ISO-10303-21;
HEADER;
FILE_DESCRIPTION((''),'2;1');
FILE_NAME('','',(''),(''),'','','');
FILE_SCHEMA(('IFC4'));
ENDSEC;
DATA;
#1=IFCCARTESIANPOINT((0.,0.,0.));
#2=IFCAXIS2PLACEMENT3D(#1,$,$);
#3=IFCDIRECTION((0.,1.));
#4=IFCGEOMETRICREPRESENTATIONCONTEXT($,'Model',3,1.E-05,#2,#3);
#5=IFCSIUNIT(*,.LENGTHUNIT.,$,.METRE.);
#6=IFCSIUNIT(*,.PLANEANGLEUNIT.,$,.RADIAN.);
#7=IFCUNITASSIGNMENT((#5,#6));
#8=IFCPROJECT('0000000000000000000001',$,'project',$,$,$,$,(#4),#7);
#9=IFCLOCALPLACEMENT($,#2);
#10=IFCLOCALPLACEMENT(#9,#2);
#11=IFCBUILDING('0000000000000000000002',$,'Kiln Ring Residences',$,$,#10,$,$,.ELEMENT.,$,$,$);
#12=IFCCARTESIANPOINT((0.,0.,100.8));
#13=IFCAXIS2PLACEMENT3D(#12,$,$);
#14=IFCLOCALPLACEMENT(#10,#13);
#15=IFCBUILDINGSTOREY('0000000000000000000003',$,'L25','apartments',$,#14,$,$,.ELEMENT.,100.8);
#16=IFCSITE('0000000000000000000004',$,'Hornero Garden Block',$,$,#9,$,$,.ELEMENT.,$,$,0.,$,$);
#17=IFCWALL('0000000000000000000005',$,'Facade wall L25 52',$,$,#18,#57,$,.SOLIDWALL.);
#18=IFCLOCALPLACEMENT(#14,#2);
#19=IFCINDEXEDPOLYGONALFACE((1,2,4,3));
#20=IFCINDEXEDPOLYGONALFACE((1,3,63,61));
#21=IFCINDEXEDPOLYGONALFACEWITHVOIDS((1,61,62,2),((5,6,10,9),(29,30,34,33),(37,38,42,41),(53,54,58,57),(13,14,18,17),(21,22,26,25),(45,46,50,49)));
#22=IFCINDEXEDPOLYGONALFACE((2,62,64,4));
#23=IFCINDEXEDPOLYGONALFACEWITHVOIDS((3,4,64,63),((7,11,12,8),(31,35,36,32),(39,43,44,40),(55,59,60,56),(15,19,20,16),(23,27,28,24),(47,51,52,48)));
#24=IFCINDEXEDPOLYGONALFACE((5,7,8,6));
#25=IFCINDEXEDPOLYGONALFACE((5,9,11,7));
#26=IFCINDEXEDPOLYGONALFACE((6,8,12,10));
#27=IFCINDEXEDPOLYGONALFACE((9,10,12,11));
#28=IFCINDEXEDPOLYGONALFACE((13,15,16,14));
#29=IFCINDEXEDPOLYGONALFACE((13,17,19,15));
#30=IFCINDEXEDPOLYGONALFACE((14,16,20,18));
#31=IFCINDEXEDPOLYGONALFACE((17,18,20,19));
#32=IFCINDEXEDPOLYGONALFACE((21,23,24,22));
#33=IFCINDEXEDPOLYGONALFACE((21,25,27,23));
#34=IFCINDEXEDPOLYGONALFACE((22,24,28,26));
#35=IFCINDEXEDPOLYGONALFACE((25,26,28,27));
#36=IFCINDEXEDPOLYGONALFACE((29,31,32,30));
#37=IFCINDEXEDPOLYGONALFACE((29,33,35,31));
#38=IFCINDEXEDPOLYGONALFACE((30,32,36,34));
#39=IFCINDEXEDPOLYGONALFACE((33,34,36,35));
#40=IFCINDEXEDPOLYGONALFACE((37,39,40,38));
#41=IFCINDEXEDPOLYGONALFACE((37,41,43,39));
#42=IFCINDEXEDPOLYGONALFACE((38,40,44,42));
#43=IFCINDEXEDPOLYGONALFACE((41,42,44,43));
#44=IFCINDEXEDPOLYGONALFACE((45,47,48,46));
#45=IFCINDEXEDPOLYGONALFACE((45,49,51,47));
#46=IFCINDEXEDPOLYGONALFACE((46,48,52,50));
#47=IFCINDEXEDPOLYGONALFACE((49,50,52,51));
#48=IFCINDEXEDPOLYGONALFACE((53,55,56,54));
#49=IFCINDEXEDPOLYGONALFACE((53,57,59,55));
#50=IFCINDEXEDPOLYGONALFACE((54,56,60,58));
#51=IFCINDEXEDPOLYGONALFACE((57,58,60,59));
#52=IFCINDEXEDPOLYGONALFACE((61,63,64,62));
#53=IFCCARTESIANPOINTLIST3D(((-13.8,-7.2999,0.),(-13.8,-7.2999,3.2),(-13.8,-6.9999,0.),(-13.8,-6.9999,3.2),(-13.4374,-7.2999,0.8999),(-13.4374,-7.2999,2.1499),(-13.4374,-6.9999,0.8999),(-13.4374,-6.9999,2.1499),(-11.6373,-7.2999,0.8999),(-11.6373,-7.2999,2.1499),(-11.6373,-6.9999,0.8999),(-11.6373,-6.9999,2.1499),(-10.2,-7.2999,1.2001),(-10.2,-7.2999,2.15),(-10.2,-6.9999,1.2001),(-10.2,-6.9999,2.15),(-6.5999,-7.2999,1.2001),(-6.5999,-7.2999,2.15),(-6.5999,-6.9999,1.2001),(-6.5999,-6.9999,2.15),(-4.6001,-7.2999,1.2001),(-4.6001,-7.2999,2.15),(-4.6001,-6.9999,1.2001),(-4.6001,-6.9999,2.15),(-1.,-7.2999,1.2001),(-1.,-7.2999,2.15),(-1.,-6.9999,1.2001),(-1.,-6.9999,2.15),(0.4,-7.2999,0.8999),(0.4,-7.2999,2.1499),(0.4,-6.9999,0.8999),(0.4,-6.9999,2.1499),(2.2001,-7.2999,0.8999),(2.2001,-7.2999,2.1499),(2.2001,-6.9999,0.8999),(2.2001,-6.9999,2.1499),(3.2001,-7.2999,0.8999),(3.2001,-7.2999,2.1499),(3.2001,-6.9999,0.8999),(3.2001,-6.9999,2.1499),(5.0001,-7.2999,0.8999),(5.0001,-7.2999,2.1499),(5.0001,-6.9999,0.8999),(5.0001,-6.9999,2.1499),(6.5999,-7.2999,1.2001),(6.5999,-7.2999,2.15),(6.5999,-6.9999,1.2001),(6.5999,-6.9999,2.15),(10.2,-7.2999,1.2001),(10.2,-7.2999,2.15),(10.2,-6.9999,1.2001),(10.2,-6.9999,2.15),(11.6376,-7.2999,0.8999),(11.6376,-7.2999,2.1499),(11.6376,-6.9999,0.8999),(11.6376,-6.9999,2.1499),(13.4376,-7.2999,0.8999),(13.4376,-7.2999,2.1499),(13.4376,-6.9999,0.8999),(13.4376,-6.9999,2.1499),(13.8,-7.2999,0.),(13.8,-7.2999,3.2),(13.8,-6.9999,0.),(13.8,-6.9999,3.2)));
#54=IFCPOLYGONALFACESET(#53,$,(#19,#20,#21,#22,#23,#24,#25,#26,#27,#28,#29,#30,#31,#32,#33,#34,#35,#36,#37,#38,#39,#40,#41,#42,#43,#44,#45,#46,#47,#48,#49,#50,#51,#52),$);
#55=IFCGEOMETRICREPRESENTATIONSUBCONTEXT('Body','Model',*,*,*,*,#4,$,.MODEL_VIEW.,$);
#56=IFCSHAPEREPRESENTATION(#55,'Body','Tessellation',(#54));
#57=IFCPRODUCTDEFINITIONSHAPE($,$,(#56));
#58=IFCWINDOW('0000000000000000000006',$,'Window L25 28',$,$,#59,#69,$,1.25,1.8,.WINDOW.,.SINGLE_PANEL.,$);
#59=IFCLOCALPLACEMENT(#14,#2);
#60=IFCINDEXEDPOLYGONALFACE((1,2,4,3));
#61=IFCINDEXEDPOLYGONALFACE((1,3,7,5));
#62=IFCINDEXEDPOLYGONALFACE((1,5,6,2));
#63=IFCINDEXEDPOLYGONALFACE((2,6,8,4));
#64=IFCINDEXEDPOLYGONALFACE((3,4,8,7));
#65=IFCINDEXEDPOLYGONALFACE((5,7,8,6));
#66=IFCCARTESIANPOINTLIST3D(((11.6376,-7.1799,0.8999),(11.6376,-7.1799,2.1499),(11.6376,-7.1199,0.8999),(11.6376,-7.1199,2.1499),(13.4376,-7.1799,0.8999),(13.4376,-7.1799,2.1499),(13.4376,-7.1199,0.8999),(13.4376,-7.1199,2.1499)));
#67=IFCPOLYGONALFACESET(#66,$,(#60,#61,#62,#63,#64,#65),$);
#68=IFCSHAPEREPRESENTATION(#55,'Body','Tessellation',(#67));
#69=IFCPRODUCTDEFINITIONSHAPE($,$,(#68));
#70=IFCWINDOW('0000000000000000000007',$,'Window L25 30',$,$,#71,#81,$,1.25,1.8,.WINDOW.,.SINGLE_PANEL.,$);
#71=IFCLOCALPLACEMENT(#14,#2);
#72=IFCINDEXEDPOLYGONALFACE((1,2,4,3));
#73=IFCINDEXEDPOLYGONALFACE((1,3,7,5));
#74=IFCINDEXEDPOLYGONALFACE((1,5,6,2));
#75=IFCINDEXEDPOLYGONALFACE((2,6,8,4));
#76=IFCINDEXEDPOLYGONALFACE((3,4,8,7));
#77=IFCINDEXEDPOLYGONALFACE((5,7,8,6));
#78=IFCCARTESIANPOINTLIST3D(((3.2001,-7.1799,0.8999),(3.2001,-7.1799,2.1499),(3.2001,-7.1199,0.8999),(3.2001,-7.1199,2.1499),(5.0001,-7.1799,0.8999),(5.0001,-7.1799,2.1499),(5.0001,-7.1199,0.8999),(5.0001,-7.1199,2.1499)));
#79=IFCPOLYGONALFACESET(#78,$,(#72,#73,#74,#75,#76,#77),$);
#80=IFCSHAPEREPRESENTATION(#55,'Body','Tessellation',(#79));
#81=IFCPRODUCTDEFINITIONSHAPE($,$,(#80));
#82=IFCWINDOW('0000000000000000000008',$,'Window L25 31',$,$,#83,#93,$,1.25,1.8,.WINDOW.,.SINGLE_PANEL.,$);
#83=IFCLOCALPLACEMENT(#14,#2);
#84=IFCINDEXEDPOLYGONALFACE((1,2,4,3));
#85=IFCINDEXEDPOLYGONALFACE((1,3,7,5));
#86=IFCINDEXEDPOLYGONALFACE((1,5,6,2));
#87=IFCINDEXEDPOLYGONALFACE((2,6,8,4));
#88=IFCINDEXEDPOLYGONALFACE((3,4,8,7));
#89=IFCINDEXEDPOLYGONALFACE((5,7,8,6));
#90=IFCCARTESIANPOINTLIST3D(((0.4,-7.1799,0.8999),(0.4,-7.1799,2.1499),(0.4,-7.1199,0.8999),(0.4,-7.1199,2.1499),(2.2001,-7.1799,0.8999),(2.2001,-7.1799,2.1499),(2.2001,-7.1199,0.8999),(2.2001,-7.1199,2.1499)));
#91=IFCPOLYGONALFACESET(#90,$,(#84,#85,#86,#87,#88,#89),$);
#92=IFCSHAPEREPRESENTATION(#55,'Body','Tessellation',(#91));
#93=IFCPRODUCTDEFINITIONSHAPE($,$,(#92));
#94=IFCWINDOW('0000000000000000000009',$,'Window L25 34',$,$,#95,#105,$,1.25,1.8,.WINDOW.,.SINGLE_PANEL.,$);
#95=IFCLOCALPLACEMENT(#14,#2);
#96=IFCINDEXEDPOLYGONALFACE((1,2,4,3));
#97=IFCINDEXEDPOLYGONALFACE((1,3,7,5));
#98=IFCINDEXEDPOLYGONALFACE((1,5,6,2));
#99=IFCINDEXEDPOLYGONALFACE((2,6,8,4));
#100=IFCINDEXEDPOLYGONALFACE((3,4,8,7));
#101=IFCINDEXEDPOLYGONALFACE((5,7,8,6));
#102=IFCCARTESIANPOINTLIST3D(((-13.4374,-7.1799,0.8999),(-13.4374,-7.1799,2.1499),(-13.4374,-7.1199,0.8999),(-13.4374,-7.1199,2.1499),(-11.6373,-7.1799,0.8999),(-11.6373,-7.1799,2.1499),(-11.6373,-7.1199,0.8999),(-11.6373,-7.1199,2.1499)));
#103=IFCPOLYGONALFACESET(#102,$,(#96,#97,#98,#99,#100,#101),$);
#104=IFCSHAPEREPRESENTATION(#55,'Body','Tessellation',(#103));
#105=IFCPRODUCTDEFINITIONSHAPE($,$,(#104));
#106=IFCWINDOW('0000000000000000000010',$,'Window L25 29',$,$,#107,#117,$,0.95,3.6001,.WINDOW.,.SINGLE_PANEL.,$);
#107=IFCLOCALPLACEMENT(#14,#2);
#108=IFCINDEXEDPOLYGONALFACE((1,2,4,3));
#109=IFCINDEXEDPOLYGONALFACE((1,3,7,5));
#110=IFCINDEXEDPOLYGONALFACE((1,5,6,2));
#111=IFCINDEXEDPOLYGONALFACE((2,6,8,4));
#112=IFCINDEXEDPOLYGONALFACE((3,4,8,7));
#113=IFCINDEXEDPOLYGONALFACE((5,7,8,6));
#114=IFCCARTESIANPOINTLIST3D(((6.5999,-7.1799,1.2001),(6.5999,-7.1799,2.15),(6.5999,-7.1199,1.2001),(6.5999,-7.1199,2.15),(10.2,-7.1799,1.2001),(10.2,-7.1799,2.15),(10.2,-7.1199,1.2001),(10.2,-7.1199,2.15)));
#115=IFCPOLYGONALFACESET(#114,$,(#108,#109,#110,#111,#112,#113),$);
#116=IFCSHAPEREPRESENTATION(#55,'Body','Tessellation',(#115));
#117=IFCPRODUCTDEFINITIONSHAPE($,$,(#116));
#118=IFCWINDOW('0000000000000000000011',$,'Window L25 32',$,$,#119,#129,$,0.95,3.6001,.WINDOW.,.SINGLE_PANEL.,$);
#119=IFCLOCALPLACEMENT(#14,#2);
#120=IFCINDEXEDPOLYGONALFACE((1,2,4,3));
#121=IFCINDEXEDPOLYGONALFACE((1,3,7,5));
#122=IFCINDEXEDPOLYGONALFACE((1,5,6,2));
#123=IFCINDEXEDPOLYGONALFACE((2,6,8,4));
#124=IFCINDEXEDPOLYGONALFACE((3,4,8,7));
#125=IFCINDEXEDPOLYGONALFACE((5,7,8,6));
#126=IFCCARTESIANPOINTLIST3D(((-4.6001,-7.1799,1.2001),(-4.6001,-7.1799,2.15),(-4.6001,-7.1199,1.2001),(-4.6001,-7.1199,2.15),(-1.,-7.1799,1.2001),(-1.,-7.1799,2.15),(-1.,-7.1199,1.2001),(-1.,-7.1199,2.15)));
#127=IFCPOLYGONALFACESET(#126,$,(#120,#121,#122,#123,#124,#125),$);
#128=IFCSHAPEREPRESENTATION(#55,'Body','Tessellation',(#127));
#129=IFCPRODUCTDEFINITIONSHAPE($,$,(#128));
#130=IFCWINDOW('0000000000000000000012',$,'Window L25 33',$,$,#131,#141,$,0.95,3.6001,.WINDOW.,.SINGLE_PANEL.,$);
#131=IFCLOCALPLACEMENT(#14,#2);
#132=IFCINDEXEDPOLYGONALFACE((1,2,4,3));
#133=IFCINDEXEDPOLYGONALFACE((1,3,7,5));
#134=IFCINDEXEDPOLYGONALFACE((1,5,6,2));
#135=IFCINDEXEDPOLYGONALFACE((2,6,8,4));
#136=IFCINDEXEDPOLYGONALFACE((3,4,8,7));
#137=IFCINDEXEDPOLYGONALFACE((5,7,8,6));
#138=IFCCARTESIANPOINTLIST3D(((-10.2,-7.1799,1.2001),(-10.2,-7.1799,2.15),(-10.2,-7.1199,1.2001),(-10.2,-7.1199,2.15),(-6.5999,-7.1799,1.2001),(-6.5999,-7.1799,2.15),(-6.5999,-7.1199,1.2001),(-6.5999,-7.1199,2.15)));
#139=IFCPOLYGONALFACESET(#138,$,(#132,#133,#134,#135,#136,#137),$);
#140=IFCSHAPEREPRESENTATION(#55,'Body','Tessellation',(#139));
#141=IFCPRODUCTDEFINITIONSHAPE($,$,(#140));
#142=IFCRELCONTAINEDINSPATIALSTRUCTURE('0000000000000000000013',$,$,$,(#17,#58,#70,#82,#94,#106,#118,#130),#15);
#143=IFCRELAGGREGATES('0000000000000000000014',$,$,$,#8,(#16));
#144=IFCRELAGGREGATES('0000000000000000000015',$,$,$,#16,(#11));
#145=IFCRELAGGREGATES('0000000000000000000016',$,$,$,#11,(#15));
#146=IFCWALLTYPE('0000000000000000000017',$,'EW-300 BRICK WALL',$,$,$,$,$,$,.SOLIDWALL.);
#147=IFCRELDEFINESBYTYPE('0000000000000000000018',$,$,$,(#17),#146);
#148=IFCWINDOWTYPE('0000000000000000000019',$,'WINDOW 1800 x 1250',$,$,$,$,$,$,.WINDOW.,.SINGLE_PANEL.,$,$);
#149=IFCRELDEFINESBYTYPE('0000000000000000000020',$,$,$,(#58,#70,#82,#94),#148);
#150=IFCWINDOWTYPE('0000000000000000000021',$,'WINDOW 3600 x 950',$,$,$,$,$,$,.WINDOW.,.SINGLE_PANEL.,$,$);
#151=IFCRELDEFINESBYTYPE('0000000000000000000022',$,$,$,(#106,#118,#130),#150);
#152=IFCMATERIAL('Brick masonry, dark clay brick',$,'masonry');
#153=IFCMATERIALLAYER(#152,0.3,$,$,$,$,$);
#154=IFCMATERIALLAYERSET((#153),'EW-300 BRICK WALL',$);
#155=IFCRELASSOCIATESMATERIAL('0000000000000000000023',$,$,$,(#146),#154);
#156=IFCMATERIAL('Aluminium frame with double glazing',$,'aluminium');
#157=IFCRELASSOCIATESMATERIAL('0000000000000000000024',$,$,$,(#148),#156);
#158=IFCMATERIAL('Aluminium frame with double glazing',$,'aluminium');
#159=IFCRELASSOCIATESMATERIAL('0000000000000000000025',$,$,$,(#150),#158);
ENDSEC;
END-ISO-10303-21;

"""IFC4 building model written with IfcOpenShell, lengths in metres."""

from ifc_helpers import new_model, si_unit, direction, frame, frame_2d, origin, place, context, subcontext, project, spatial, rectangle, extrude, material, layer, layer_set, type_object, element, fill, save


model = new_model("IFC4")

# Units and contexts
model_context = context("Model", 3, precision=1e-05, world=origin(), true_north=direction((0.0, 1.0)))
body_context = subcontext(model_context, "Body", "Model", "MODEL_VIEW")
ifc_project = project(units=[si_unit("LENGTHUNIT", "METRE"), si_unit("PLANEANGLEUNIT", "RADIAN")], contexts=[model_context])

# Site, building, storey
site_placement = place(None, origin())
site = spatial("IfcSite", under=ifc_project, at=site_placement, Name="Hornero Garden Block", CompositionType="ELEMENT", RefElevation=0.0)
building_placement = place(site_placement, origin())
building = spatial("IfcBuilding", under=site, at=building_placement, Name="Kiln Ring Residences", CompositionType="ELEMENT")
storey_placement = place(building_placement, frame((0.0, 0.0, 100.8)))
storey = spatial("IfcBuildingStorey", under=building, at=storey_placement, Name="L25", Description="apartments", CompositionType="ELEMENT", Elevation=100.8)

# Wall, openings, windows
ifc_material_1 = material(Name="Brick masonry, dark clay brick", Category="masonry")
ifc_layer_1 = layer(ifc_material_1, 0.3)
ifc_layer_set_1 = layer_set([ifc_layer_1], Name="EW-300 BRICK WALL")
wall_type_1 = type_object("IfcWallType", Name="EW-300 BRICK WALL", PredefinedType="SOLIDWALL", material=ifc_layer_set_1)
wall_1_placement = place(storey_placement, frame((13.8, -7.1499, 0.0), z_axis=(0.0, 0.0, 1.0), x_axis=(-1.0, 0.0, 0.0)))
wall_1 = element("IfcWall", 1, at=wall_1_placement, inside=storey, type_object=wall_type_1, Name="Facade wall L25 52", PredefinedType="SOLIDWALL", context=body_context, shape_type="SweptSolid", body=[
    extrude(rectangle(XDim=27.6001, YDim=0.3, at=frame_2d((13.8, 0.0))), origin(), (0.0, 0.0, 1.0), 3.2),
])
opening_1_placement = place(wall_1_placement, frame((0.3625, 0.0, 0.8999)))
opening_1 = element("IfcOpeningElement", 2, at=opening_1_placement, cuts=wall_1, PredefinedType="OPENING", context=body_context, shape_type="SweptSolid", body=[
    extrude(rectangle(XDim=1.8, YDim=1.25, at=frame_2d((0.8999, 0.625))), frame((0.0, 0.1599, 0.0), z_axis=(0.0, -1.0, 0.0), x_axis=(1.0, 0.0, 0.0)), (0.0, 0.0, 1.0), 0.3201),
])
opening_2_placement = place(wall_1_placement, frame((3.6001, 0.0, 1.2)))
opening_2 = element("IfcOpeningElement", 3, at=opening_2_placement, cuts=wall_1, PredefinedType="OPENING", context=body_context, shape_type="SweptSolid", body=[
    extrude(rectangle(XDim=3.6001, YDim=0.95, at=frame_2d((1.8, 0.4751))), frame((0.0, 0.1599, 0.0), z_axis=(0.0, -1.0, 0.0), x_axis=(1.0, 0.0, 0.0)), (0.0, 0.0, 1.0), 0.3201),
])
opening_3_placement = place(wall_1_placement, frame((8.8, 0.0, 0.8999)))
opening_3 = element("IfcOpeningElement", 4, at=opening_3_placement, cuts=wall_1, PredefinedType="OPENING", context=body_context, shape_type="SweptSolid", body=[
    extrude(rectangle(XDim=1.8, YDim=1.25, at=frame_2d((0.8999, 0.625))), frame((0.0, 0.1599, 0.0), z_axis=(0.0, -1.0, 0.0), x_axis=(1.0, 0.0, 0.0)), (0.0, 0.0, 1.0), 0.3201),
])
opening_4_placement = place(wall_1_placement, frame((11.6001, 0.0, 0.8999)))
opening_4 = element("IfcOpeningElement", 5, at=opening_4_placement, cuts=wall_1, PredefinedType="OPENING", context=body_context, shape_type="SweptSolid", body=[
    extrude(rectangle(XDim=1.8, YDim=1.25, at=frame_2d((0.8999, 0.625))), frame((0.0, 0.1599, 0.0), z_axis=(0.0, -1.0, 0.0), x_axis=(1.0, 0.0, 0.0)), (0.0, 0.0, 1.0), 0.3201),
])
opening_5_placement = place(wall_1_placement, frame((14.8, 0.0, 1.2)))
opening_5 = element("IfcOpeningElement", 6, at=opening_5_placement, cuts=wall_1, PredefinedType="OPENING", context=body_context, shape_type="SweptSolid", body=[
    extrude(rectangle(XDim=3.6001, YDim=0.95, at=frame_2d((1.8, 0.4751))), frame((0.0, 0.1599, 0.0), z_axis=(0.0, -1.0, 0.0), x_axis=(1.0, 0.0, 0.0)), (0.0, 0.0, 1.0), 0.3201),
])
opening_6_placement = place(wall_1_placement, frame((20.3999, 0.0, 1.2)))
opening_6 = element("IfcOpeningElement", 7, at=opening_6_placement, cuts=wall_1, PredefinedType="OPENING", context=body_context, shape_type="SweptSolid", body=[
    extrude(rectangle(XDim=3.6001, YDim=0.95, at=frame_2d((1.8, 0.4751))), frame((0.0, 0.1599, 0.0), z_axis=(0.0, -1.0, 0.0), x_axis=(1.0, 0.0, 0.0)), (0.0, 0.0, 1.0), 0.3201),
])
opening_7_placement = place(wall_1_placement, frame((25.4375, 0.0, 0.8999)))
opening_7 = element("IfcOpeningElement", 8, at=opening_7_placement, cuts=wall_1, PredefinedType="OPENING", context=body_context, shape_type="SweptSolid", body=[
    extrude(rectangle(XDim=1.8, YDim=1.25, at=frame_2d((0.8999, 0.625))), frame((0.0, 0.1599, 0.0), z_axis=(0.0, -1.0, 0.0), x_axis=(1.0, 0.0, 0.0)), (0.0, 0.0, 1.0), 0.3201),
])
ifc_material_2 = material(Name="Aluminium frame with double glazing", Category="aluminium")
window_type_1 = type_object("IfcWindowType", Name="WINDOW 1800 x 1250", PartitioningType="SINGLE_PANEL", PredefinedType="WINDOW", material=ifc_material_2)
window_1_placement = place(opening_1_placement, origin())
window_1 = element("IfcWindow", 9, at=window_1_placement, inside=storey, type_object=window_type_1, Name="Window L25 28", OverallHeight=1.25, OverallWidth=1.8, PartitioningType="SINGLE_PANEL", PredefinedType="WINDOW", context=body_context, shape_type="SweptSolid", body=[
    extrude(rectangle(XDim=1.8, YDim=1.25, at=frame_2d((0.8999, 0.625))), frame((0.0, 0.03, 0.0), z_axis=(0.0, -1.0, 0.0), x_axis=(1.0, 0.0, 0.0)), (0.0, 0.0, 1.0), 0.0601),
])
fill(opening_1, window_1)
window_2_placement = place(opening_3_placement, origin())
window_2 = element("IfcWindow", 10, at=window_2_placement, inside=storey, type_object=window_type_1, Name="Window L25 30", OverallHeight=1.25, OverallWidth=1.8, PartitioningType="SINGLE_PANEL", PredefinedType="WINDOW", context=body_context, shape_type="SweptSolid", body=[
    extrude(rectangle(XDim=1.8, YDim=1.25, at=frame_2d((0.8999, 0.625))), frame((0.0, 0.03, 0.0), z_axis=(0.0, -1.0, 0.0), x_axis=(1.0, 0.0, 0.0)), (0.0, 0.0, 1.0), 0.0601),
])
fill(opening_3, window_2)
window_3_placement = place(opening_4_placement, origin())
window_3 = element("IfcWindow", 11, at=window_3_placement, inside=storey, type_object=window_type_1, Name="Window L25 31", OverallHeight=1.25, OverallWidth=1.8, PartitioningType="SINGLE_PANEL", PredefinedType="WINDOW", context=body_context, shape_type="SweptSolid", body=[
    extrude(rectangle(XDim=1.8, YDim=1.25, at=frame_2d((0.8999, 0.625))), frame((0.0, 0.03, 0.0), z_axis=(0.0, -1.0, 0.0), x_axis=(1.0, 0.0, 0.0)), (0.0, 0.0, 1.0), 0.0601),
])
fill(opening_4, window_3)
window_4_placement = place(opening_7_placement, origin())
window_4 = element("IfcWindow", 12, at=window_4_placement, inside=storey, type_object=window_type_1, Name="Window L25 34", OverallHeight=1.25, OverallWidth=1.8, PartitioningType="SINGLE_PANEL", PredefinedType="WINDOW", context=body_context, shape_type="SweptSolid", body=[
    extrude(rectangle(XDim=1.8, YDim=1.25, at=frame_2d((0.8999, 0.625))), frame((0.0, 0.03, 0.0), z_axis=(0.0, -1.0, 0.0), x_axis=(1.0, 0.0, 0.0)), (0.0, 0.0, 1.0), 0.0601),
])
fill(opening_7, window_4)
ifc_material_3 = material(Name="Aluminium frame with double glazing", Category="aluminium")
window_type_2 = type_object("IfcWindowType", Name="WINDOW 3600 x 950", PartitioningType="SINGLE_PANEL", PredefinedType="WINDOW", material=ifc_material_3)
window_5_placement = place(opening_2_placement, origin())
window_5 = element("IfcWindow", 13, at=window_5_placement, inside=storey, type_object=window_type_2, Name="Window L25 29", OverallHeight=0.95, OverallWidth=3.6001, PartitioningType="SINGLE_PANEL", PredefinedType="WINDOW", context=body_context, shape_type="SweptSolid", body=[
    extrude(rectangle(XDim=3.6001, YDim=0.95, at=frame_2d((1.8, 0.4751))), frame((0.0, 0.03, 0.0), z_axis=(0.0, -1.0, 0.0), x_axis=(1.0, 0.0, 0.0)), (0.0, 0.0, 1.0), 0.0601),
])
fill(opening_2, window_5)
window_6_placement = place(opening_5_placement, origin())
window_6 = element("IfcWindow", 14, at=window_6_placement, inside=storey, type_object=window_type_2, Name="Window L25 32", OverallHeight=0.95, OverallWidth=3.6001, PartitioningType="SINGLE_PANEL", PredefinedType="WINDOW", context=body_context, shape_type="SweptSolid", body=[
    extrude(rectangle(XDim=3.6001, YDim=0.95, at=frame_2d((1.8, 0.4751))), frame((0.0, 0.03, 0.0), z_axis=(0.0, -1.0, 0.0), x_axis=(1.0, 0.0, 0.0)), (0.0, 0.0, 1.0), 0.0601),
])
fill(opening_5, window_6)
window_7_placement = place(opening_6_placement, origin())
window_7 = element("IfcWindow", 15, at=window_7_placement, inside=storey, type_object=window_type_2, Name="Window L25 33", OverallHeight=0.95, OverallWidth=3.6001, PartitioningType="SINGLE_PANEL", PredefinedType="WINDOW", context=body_context, shape_type="SweptSolid", body=[
    extrude(rectangle(XDim=3.6001, YDim=0.95, at=frame_2d((1.8, 0.4751))), frame((0.0, 0.03, 0.0), z_axis=(0.0, -1.0, 0.0), x_axis=(1.0, 0.0, 0.0)), (0.0, 0.0, 1.0), 0.0601),
])
fill(opening_6, window_7)

save(model, "model.ifc")
